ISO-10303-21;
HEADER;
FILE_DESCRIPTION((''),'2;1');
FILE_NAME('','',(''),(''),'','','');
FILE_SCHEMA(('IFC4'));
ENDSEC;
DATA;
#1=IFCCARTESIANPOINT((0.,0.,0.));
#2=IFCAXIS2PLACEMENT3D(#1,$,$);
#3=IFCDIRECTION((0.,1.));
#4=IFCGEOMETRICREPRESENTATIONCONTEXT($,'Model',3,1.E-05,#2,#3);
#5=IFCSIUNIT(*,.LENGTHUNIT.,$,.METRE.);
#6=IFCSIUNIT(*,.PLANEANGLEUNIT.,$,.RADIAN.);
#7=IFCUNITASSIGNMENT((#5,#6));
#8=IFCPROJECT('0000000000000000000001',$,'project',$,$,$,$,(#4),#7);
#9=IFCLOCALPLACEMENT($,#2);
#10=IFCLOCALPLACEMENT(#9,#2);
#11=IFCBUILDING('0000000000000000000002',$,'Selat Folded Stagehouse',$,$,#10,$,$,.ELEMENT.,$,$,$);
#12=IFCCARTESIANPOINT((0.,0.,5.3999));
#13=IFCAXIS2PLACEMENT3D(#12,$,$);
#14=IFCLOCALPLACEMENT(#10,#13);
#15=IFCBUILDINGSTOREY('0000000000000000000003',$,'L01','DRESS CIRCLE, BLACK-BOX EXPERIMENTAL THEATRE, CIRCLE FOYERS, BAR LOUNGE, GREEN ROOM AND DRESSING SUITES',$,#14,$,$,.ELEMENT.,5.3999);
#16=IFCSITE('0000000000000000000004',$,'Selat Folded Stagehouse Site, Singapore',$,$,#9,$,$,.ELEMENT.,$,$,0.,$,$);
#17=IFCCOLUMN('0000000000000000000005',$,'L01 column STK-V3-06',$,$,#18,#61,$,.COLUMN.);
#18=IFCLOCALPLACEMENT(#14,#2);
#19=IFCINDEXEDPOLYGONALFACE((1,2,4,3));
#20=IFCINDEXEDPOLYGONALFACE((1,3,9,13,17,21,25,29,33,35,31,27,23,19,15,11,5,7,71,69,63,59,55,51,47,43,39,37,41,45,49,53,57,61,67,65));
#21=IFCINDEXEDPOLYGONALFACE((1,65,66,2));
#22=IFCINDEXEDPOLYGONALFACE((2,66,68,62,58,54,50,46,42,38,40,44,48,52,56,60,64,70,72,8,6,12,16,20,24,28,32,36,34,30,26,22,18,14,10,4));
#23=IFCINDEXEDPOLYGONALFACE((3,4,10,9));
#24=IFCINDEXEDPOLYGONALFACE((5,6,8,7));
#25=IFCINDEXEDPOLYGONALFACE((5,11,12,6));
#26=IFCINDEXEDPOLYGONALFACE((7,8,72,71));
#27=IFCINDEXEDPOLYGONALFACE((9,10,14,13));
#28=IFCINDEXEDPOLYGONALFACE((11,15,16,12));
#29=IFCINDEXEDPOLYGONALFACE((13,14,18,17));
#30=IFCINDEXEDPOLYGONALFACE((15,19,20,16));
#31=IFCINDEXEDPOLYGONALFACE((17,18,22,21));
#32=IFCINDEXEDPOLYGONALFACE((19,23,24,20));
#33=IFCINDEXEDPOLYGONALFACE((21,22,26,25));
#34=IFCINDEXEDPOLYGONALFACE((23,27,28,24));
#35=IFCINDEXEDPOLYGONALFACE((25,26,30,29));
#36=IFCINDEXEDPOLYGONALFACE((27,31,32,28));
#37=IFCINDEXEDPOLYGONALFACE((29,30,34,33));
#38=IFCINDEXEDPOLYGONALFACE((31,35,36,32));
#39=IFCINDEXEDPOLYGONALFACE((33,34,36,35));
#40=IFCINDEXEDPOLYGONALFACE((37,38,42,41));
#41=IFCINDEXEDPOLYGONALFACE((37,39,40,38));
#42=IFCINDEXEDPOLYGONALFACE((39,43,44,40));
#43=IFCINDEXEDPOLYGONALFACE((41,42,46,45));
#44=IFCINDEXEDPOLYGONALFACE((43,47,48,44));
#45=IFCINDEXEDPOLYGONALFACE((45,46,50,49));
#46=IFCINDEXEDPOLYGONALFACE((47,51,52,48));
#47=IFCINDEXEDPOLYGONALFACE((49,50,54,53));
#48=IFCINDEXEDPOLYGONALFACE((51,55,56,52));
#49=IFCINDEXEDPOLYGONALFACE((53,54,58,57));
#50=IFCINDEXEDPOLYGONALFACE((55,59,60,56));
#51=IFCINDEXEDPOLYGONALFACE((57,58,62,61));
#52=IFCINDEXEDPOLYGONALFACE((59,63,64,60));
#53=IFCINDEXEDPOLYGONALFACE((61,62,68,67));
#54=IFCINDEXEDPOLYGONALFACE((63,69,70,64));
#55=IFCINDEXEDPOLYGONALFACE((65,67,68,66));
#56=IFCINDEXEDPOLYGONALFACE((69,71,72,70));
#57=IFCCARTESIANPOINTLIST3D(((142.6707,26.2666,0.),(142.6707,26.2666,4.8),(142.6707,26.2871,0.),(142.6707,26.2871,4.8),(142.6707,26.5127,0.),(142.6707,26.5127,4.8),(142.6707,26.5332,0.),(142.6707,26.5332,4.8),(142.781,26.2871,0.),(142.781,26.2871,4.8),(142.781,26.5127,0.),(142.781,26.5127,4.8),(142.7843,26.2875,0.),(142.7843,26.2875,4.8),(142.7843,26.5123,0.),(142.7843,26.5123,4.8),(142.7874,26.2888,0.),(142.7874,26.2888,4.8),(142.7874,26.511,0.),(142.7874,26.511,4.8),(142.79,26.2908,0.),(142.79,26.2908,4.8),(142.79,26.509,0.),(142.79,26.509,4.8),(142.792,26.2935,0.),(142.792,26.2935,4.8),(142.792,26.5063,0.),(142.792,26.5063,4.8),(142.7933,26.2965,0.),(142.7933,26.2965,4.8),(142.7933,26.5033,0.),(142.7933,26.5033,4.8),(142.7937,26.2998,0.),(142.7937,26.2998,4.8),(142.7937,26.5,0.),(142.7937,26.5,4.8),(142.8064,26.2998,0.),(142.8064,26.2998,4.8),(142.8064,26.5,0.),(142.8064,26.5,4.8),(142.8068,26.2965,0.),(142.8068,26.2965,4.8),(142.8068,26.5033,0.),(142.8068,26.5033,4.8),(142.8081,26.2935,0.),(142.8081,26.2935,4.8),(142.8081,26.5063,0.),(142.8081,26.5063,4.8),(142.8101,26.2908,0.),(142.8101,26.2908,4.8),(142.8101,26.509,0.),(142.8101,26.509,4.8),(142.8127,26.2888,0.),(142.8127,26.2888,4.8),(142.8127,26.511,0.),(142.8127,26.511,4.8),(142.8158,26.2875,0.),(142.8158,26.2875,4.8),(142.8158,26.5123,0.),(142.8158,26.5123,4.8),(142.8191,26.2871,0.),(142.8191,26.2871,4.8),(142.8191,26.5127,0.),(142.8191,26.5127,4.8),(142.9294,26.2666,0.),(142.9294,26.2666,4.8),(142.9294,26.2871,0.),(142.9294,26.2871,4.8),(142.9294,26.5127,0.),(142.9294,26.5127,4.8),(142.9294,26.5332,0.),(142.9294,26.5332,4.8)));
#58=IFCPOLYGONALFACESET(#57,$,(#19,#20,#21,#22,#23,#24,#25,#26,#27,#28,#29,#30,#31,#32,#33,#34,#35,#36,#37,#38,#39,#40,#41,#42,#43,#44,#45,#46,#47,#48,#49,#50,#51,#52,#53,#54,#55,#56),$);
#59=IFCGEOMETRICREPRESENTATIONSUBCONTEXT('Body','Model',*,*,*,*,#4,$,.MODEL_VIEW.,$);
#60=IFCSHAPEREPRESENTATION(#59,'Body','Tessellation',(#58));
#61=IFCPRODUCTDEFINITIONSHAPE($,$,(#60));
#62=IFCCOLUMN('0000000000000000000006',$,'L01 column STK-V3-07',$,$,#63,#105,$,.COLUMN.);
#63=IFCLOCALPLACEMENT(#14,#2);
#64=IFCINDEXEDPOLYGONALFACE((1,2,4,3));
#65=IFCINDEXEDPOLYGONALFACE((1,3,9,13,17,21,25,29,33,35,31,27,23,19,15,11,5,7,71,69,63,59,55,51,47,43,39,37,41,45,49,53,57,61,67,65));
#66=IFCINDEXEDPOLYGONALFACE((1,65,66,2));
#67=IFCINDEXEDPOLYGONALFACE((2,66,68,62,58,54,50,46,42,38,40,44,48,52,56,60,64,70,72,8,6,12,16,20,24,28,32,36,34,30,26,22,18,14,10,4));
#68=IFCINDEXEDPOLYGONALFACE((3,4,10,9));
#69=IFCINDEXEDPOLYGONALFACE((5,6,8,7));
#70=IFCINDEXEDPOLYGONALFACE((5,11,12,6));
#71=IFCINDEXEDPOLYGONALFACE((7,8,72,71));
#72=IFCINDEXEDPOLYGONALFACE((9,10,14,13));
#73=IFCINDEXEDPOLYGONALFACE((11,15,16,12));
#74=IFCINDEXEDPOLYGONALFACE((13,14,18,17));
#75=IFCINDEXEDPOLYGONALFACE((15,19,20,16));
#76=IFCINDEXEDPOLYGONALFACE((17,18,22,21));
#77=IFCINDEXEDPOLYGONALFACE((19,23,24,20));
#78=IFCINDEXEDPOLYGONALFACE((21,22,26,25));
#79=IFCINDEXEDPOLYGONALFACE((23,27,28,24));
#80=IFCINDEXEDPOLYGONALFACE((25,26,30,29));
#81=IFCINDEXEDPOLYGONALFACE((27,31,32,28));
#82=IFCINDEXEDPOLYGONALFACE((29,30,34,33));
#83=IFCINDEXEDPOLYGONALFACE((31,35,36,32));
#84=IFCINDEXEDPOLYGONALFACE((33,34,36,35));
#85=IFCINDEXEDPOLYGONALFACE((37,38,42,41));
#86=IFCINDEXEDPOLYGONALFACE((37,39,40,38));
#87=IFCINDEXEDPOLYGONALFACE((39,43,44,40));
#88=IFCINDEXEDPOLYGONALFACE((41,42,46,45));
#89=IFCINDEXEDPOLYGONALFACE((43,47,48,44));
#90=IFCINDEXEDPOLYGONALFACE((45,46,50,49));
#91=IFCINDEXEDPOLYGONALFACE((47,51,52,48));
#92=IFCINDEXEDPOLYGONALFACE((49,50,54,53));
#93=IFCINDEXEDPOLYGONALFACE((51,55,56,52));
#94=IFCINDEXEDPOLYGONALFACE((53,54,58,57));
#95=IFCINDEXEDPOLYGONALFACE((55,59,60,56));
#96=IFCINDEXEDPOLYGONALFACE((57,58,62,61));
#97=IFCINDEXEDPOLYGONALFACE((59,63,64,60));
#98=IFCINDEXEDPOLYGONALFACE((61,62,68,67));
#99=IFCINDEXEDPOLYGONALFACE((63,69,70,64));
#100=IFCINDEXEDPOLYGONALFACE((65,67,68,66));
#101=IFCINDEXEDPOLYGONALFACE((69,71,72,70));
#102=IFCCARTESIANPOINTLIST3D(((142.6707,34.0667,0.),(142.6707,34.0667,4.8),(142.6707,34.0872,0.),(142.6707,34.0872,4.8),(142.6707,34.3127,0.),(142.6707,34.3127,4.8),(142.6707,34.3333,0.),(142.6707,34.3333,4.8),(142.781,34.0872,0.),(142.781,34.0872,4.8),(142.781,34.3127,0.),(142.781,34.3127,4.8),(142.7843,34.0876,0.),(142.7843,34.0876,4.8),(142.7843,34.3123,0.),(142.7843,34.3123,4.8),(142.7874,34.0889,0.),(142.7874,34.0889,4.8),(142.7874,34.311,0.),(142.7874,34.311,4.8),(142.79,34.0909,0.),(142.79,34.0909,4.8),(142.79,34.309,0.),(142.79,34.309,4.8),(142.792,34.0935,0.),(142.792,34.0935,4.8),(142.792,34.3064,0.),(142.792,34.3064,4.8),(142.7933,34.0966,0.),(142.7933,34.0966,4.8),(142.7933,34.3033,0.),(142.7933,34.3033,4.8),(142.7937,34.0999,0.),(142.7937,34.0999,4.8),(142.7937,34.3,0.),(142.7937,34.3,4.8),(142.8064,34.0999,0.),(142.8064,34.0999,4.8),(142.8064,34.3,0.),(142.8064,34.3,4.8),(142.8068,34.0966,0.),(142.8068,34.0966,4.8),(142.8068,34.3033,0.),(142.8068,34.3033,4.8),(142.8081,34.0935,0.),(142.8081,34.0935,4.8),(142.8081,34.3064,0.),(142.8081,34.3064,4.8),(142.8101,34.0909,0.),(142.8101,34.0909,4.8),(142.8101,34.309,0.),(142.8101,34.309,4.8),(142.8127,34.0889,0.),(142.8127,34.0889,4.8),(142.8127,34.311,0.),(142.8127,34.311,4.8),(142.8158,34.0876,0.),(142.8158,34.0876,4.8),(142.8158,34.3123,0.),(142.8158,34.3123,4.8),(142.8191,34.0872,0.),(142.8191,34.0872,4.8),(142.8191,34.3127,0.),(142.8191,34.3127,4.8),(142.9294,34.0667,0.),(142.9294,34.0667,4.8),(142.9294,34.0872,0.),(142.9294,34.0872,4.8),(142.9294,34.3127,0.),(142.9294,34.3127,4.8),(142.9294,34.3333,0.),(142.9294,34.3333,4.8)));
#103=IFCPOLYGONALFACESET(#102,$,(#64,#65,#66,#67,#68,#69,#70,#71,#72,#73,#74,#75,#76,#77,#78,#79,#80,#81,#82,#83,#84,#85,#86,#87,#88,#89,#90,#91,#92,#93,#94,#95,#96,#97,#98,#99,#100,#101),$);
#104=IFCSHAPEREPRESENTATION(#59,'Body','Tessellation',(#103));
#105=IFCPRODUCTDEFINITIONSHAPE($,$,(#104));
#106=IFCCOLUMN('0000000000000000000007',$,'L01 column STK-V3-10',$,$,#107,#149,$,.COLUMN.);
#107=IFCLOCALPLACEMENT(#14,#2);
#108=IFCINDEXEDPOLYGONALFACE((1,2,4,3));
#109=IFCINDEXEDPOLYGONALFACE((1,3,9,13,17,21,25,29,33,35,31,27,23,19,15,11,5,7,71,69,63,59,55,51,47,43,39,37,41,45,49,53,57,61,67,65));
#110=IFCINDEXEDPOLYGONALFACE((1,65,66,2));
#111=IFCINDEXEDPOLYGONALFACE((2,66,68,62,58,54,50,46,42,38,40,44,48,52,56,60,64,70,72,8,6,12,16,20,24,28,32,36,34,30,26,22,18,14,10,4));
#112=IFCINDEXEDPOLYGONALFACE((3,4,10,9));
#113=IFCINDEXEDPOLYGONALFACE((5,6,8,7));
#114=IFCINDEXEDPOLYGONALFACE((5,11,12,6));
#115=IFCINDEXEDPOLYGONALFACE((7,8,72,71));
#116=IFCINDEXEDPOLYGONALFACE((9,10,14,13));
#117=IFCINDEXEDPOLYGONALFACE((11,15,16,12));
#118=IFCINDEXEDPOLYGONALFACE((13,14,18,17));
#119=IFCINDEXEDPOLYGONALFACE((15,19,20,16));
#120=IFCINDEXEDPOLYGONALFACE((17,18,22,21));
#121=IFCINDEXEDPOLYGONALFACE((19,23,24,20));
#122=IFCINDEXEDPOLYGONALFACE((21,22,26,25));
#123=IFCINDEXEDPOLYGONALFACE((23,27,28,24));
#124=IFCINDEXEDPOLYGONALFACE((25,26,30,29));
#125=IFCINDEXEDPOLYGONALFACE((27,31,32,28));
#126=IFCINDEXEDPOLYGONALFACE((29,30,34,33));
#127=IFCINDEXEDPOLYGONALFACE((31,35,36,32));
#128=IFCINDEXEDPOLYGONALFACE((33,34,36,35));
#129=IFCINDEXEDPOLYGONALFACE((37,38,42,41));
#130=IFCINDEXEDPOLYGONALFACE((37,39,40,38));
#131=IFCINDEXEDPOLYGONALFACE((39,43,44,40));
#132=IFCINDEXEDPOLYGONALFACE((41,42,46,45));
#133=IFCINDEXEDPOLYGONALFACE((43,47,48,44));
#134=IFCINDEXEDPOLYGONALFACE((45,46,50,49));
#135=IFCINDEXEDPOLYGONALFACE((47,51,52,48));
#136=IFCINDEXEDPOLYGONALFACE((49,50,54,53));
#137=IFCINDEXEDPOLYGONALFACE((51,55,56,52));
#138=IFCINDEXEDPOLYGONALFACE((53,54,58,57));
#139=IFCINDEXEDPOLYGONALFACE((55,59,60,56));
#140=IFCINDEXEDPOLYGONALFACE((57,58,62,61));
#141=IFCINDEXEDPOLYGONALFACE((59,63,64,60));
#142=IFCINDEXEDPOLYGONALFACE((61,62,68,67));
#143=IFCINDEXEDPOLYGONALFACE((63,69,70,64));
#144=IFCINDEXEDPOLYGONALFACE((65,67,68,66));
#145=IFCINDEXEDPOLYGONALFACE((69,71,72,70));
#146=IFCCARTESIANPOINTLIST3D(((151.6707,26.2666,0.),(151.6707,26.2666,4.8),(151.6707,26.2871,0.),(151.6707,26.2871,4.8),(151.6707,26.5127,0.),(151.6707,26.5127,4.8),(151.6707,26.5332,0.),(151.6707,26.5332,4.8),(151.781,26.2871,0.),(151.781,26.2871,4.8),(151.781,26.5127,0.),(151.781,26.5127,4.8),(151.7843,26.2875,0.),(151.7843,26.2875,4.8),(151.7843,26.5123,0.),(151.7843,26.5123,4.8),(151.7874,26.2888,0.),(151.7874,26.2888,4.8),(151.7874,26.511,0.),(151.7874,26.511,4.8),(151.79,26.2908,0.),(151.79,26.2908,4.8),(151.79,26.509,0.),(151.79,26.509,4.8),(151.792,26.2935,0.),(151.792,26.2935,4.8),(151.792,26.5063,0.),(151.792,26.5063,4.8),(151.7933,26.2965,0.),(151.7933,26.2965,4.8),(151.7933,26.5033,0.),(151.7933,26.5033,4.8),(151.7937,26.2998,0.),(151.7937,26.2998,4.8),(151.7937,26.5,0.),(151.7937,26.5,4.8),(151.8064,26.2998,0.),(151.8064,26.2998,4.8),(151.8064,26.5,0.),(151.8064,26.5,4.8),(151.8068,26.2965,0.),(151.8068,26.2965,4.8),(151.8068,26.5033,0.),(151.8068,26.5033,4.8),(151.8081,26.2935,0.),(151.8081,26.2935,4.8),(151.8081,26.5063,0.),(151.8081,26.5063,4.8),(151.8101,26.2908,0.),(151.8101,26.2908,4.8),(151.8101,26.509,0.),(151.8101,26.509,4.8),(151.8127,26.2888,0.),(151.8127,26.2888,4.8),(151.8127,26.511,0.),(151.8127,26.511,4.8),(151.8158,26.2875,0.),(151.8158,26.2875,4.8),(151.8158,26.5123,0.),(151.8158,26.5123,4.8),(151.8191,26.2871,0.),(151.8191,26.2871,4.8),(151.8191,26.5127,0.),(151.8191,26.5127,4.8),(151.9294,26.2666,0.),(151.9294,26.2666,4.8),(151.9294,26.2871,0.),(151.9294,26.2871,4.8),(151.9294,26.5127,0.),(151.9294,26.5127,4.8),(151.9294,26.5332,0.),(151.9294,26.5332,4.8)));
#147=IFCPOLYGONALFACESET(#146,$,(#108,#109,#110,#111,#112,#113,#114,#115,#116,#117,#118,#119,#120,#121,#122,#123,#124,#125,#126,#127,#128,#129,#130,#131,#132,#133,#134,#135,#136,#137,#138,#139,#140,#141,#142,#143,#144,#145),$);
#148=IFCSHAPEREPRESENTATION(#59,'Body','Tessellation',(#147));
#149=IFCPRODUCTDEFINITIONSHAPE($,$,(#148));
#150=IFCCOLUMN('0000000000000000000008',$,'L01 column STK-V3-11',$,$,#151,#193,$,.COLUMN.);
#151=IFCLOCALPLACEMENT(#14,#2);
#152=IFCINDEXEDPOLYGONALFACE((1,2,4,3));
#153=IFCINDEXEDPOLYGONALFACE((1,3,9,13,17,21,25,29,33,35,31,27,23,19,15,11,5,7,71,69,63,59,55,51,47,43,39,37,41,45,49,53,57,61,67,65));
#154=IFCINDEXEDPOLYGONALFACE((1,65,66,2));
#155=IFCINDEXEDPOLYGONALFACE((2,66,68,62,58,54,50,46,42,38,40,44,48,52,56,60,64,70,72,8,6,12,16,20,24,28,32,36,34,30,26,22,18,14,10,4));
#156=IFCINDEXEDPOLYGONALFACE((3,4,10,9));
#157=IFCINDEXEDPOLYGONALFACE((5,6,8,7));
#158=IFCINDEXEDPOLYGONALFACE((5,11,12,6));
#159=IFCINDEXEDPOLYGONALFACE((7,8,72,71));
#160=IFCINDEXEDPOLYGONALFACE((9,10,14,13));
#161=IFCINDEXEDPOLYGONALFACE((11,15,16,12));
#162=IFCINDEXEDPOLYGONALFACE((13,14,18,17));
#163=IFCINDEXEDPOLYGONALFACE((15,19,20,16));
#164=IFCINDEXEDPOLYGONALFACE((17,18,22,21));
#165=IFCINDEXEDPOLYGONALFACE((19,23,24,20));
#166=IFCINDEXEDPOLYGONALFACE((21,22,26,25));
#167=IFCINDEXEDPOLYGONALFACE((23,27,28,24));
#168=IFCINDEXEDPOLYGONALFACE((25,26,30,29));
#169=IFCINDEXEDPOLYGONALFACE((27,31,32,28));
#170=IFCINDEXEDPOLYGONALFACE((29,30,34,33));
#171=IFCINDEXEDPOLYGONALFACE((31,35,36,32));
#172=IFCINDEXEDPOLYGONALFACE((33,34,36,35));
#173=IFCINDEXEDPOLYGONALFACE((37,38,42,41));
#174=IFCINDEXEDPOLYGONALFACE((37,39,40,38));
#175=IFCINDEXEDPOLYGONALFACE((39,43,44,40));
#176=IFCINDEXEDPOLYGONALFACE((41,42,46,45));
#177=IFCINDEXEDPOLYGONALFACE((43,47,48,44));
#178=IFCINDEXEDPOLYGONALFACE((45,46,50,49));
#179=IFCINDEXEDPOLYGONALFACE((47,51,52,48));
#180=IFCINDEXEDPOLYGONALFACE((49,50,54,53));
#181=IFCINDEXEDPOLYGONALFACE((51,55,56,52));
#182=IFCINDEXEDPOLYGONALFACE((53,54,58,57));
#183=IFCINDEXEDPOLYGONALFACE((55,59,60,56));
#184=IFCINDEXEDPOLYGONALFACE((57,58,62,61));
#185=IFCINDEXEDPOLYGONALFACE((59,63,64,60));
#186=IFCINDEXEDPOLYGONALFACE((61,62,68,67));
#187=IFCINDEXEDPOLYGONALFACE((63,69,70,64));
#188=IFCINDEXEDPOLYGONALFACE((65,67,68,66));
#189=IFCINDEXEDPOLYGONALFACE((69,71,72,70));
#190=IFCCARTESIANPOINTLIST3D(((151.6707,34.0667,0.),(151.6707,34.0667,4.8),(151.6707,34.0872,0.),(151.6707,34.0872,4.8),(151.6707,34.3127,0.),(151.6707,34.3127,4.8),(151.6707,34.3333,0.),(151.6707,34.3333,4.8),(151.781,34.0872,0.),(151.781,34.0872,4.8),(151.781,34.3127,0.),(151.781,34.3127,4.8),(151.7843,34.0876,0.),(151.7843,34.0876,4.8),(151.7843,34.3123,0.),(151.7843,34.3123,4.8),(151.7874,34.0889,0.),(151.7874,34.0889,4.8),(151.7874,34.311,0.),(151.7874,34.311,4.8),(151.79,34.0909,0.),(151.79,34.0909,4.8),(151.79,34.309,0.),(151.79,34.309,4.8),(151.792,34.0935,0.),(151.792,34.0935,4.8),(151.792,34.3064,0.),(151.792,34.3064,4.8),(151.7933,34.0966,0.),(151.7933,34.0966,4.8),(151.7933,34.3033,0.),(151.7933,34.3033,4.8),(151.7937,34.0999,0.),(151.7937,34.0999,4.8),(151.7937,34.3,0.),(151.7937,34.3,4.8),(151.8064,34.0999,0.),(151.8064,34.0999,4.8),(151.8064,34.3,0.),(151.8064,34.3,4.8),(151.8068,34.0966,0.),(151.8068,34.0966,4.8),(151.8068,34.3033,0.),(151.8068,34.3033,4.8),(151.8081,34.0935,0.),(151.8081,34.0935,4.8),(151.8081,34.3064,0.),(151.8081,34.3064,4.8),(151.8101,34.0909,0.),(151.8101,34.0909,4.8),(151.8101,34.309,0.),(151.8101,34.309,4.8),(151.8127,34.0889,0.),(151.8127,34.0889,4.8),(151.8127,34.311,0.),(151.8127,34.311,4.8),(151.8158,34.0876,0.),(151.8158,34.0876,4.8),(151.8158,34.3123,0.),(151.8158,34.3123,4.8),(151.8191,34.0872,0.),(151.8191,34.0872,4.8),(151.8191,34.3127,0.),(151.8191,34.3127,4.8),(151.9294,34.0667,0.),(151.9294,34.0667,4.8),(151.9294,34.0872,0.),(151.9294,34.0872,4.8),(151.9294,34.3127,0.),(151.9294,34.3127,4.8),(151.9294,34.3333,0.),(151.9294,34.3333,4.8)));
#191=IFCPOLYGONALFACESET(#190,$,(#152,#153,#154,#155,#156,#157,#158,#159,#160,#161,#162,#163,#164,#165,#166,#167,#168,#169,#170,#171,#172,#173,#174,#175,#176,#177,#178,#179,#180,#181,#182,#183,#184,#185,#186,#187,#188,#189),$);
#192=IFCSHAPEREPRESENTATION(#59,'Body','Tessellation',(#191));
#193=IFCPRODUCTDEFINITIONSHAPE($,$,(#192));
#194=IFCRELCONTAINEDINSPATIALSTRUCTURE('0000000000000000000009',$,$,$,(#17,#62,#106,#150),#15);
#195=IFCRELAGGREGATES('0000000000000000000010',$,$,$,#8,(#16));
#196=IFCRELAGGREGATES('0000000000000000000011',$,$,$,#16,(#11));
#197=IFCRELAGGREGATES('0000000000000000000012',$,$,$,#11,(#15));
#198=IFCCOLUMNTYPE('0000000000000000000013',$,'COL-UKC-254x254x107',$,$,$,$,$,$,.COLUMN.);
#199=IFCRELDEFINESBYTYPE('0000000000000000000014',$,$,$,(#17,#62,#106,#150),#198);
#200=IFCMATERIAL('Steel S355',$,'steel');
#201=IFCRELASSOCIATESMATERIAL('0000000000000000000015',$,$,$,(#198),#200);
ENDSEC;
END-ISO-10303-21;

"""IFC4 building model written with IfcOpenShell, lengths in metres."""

from ifc_helpers import new_model, si_unit, direction, frame, origin, origin_2d, place, context, subcontext, project, spatial, i_section, extrude, material, material_profile, profile_set, type_object, element, save


model = new_model("IFC4")

# Units and contexts
model_context = context("Model", 3, precision=1e-05, world=origin(), true_north=direction((0.0, 1.0)))
body_context = subcontext(model_context, "Body", "Model", "MODEL_VIEW")
ifc_project = project(units=[si_unit("LENGTHUNIT", "METRE"), si_unit("PLANEANGLEUNIT", "RADIAN")], contexts=[model_context])

# Site, building, storey
site_placement = place(None, origin())
site = spatial("IfcSite", under=ifc_project, at=site_placement, Name="Selat Folded Stagehouse Site, Singapore", CompositionType="ELEMENT", RefElevation=0.0)
building_placement = place(site_placement, origin())
building = spatial("IfcBuilding", under=site, at=building_placement, Name="Selat Folded Stagehouse", CompositionType="ELEMENT")
storey_placement = place(building_placement, frame((0.0, 0.0, 5.3999)))
storey = spatial("IfcBuildingStorey", under=building, at=storey_placement, Name="L01", Description="DRESS CIRCLE, BLACK-BOX EXPERIMENTAL THEATRE, CIRCLE FOYERS, BAR LOUNGE, GREEN ROOM AND DRESSING SUITES", CompositionType="ELEMENT", Elevation=5.3999)

# Columns
ifc_material_1 = material(Name="Steel S355", Category="steel")
ifc_material_profile_1 = material_profile(ifc_material_1, i_section(OverallWidth=0.2588, OverallDepth=0.2666, WebThickness=0.0127, FlangeThickness=0.0205, FilletRadius=0.0127, at=origin_2d()), Name="UKC 254x254x107")
ifc_profile_set_1 = profile_set([ifc_material_profile_1], Name="Steel S355")
column_type = type_object("IfcColumnType", Name="COL-UKC-254x254x107", PredefinedType="COLUMN", material=ifc_profile_set_1)
for number, where, z_axis, x_axis, name in (
    (1, (142.8, 26.3999, 0.0), (0.0, 0.0, 1.0), (1.0, 0.0, 0.0), "L01 column STK-V3-06"),
    (2, (142.8, 34.2, 0.0), (0.0, 0.0, 1.0), (1.0, 0.0, 0.0), "L01 column STK-V3-07"),
    (3, (151.8, 26.3999, 0.0), (0.0, 0.0, 1.0), (1.0, 0.0, 0.0), "L01 column STK-V3-10"),
    (4, (151.8, 34.2, 0.0), (0.0, 0.0, 1.0), (1.0, 0.0, 0.0), "L01 column STK-V3-11"),
):
    element("IfcColumn", number, at=place(storey_placement, frame(where, z_axis=z_axis, x_axis=x_axis)), inside=storey, type_object=column_type, Name=name, PredefinedType="COLUMN", context=body_context, shape_type="SweptSolid", body=[
        extrude(i_section(OverallWidth=0.2588, OverallDepth=0.2666, WebThickness=0.0127, FlangeThickness=0.0205, FilletRadius=0.0127, at=origin_2d()), origin(), (0.0, 0.0, 1.0), 4.8),
    ])

save(model, "model.ifc")
